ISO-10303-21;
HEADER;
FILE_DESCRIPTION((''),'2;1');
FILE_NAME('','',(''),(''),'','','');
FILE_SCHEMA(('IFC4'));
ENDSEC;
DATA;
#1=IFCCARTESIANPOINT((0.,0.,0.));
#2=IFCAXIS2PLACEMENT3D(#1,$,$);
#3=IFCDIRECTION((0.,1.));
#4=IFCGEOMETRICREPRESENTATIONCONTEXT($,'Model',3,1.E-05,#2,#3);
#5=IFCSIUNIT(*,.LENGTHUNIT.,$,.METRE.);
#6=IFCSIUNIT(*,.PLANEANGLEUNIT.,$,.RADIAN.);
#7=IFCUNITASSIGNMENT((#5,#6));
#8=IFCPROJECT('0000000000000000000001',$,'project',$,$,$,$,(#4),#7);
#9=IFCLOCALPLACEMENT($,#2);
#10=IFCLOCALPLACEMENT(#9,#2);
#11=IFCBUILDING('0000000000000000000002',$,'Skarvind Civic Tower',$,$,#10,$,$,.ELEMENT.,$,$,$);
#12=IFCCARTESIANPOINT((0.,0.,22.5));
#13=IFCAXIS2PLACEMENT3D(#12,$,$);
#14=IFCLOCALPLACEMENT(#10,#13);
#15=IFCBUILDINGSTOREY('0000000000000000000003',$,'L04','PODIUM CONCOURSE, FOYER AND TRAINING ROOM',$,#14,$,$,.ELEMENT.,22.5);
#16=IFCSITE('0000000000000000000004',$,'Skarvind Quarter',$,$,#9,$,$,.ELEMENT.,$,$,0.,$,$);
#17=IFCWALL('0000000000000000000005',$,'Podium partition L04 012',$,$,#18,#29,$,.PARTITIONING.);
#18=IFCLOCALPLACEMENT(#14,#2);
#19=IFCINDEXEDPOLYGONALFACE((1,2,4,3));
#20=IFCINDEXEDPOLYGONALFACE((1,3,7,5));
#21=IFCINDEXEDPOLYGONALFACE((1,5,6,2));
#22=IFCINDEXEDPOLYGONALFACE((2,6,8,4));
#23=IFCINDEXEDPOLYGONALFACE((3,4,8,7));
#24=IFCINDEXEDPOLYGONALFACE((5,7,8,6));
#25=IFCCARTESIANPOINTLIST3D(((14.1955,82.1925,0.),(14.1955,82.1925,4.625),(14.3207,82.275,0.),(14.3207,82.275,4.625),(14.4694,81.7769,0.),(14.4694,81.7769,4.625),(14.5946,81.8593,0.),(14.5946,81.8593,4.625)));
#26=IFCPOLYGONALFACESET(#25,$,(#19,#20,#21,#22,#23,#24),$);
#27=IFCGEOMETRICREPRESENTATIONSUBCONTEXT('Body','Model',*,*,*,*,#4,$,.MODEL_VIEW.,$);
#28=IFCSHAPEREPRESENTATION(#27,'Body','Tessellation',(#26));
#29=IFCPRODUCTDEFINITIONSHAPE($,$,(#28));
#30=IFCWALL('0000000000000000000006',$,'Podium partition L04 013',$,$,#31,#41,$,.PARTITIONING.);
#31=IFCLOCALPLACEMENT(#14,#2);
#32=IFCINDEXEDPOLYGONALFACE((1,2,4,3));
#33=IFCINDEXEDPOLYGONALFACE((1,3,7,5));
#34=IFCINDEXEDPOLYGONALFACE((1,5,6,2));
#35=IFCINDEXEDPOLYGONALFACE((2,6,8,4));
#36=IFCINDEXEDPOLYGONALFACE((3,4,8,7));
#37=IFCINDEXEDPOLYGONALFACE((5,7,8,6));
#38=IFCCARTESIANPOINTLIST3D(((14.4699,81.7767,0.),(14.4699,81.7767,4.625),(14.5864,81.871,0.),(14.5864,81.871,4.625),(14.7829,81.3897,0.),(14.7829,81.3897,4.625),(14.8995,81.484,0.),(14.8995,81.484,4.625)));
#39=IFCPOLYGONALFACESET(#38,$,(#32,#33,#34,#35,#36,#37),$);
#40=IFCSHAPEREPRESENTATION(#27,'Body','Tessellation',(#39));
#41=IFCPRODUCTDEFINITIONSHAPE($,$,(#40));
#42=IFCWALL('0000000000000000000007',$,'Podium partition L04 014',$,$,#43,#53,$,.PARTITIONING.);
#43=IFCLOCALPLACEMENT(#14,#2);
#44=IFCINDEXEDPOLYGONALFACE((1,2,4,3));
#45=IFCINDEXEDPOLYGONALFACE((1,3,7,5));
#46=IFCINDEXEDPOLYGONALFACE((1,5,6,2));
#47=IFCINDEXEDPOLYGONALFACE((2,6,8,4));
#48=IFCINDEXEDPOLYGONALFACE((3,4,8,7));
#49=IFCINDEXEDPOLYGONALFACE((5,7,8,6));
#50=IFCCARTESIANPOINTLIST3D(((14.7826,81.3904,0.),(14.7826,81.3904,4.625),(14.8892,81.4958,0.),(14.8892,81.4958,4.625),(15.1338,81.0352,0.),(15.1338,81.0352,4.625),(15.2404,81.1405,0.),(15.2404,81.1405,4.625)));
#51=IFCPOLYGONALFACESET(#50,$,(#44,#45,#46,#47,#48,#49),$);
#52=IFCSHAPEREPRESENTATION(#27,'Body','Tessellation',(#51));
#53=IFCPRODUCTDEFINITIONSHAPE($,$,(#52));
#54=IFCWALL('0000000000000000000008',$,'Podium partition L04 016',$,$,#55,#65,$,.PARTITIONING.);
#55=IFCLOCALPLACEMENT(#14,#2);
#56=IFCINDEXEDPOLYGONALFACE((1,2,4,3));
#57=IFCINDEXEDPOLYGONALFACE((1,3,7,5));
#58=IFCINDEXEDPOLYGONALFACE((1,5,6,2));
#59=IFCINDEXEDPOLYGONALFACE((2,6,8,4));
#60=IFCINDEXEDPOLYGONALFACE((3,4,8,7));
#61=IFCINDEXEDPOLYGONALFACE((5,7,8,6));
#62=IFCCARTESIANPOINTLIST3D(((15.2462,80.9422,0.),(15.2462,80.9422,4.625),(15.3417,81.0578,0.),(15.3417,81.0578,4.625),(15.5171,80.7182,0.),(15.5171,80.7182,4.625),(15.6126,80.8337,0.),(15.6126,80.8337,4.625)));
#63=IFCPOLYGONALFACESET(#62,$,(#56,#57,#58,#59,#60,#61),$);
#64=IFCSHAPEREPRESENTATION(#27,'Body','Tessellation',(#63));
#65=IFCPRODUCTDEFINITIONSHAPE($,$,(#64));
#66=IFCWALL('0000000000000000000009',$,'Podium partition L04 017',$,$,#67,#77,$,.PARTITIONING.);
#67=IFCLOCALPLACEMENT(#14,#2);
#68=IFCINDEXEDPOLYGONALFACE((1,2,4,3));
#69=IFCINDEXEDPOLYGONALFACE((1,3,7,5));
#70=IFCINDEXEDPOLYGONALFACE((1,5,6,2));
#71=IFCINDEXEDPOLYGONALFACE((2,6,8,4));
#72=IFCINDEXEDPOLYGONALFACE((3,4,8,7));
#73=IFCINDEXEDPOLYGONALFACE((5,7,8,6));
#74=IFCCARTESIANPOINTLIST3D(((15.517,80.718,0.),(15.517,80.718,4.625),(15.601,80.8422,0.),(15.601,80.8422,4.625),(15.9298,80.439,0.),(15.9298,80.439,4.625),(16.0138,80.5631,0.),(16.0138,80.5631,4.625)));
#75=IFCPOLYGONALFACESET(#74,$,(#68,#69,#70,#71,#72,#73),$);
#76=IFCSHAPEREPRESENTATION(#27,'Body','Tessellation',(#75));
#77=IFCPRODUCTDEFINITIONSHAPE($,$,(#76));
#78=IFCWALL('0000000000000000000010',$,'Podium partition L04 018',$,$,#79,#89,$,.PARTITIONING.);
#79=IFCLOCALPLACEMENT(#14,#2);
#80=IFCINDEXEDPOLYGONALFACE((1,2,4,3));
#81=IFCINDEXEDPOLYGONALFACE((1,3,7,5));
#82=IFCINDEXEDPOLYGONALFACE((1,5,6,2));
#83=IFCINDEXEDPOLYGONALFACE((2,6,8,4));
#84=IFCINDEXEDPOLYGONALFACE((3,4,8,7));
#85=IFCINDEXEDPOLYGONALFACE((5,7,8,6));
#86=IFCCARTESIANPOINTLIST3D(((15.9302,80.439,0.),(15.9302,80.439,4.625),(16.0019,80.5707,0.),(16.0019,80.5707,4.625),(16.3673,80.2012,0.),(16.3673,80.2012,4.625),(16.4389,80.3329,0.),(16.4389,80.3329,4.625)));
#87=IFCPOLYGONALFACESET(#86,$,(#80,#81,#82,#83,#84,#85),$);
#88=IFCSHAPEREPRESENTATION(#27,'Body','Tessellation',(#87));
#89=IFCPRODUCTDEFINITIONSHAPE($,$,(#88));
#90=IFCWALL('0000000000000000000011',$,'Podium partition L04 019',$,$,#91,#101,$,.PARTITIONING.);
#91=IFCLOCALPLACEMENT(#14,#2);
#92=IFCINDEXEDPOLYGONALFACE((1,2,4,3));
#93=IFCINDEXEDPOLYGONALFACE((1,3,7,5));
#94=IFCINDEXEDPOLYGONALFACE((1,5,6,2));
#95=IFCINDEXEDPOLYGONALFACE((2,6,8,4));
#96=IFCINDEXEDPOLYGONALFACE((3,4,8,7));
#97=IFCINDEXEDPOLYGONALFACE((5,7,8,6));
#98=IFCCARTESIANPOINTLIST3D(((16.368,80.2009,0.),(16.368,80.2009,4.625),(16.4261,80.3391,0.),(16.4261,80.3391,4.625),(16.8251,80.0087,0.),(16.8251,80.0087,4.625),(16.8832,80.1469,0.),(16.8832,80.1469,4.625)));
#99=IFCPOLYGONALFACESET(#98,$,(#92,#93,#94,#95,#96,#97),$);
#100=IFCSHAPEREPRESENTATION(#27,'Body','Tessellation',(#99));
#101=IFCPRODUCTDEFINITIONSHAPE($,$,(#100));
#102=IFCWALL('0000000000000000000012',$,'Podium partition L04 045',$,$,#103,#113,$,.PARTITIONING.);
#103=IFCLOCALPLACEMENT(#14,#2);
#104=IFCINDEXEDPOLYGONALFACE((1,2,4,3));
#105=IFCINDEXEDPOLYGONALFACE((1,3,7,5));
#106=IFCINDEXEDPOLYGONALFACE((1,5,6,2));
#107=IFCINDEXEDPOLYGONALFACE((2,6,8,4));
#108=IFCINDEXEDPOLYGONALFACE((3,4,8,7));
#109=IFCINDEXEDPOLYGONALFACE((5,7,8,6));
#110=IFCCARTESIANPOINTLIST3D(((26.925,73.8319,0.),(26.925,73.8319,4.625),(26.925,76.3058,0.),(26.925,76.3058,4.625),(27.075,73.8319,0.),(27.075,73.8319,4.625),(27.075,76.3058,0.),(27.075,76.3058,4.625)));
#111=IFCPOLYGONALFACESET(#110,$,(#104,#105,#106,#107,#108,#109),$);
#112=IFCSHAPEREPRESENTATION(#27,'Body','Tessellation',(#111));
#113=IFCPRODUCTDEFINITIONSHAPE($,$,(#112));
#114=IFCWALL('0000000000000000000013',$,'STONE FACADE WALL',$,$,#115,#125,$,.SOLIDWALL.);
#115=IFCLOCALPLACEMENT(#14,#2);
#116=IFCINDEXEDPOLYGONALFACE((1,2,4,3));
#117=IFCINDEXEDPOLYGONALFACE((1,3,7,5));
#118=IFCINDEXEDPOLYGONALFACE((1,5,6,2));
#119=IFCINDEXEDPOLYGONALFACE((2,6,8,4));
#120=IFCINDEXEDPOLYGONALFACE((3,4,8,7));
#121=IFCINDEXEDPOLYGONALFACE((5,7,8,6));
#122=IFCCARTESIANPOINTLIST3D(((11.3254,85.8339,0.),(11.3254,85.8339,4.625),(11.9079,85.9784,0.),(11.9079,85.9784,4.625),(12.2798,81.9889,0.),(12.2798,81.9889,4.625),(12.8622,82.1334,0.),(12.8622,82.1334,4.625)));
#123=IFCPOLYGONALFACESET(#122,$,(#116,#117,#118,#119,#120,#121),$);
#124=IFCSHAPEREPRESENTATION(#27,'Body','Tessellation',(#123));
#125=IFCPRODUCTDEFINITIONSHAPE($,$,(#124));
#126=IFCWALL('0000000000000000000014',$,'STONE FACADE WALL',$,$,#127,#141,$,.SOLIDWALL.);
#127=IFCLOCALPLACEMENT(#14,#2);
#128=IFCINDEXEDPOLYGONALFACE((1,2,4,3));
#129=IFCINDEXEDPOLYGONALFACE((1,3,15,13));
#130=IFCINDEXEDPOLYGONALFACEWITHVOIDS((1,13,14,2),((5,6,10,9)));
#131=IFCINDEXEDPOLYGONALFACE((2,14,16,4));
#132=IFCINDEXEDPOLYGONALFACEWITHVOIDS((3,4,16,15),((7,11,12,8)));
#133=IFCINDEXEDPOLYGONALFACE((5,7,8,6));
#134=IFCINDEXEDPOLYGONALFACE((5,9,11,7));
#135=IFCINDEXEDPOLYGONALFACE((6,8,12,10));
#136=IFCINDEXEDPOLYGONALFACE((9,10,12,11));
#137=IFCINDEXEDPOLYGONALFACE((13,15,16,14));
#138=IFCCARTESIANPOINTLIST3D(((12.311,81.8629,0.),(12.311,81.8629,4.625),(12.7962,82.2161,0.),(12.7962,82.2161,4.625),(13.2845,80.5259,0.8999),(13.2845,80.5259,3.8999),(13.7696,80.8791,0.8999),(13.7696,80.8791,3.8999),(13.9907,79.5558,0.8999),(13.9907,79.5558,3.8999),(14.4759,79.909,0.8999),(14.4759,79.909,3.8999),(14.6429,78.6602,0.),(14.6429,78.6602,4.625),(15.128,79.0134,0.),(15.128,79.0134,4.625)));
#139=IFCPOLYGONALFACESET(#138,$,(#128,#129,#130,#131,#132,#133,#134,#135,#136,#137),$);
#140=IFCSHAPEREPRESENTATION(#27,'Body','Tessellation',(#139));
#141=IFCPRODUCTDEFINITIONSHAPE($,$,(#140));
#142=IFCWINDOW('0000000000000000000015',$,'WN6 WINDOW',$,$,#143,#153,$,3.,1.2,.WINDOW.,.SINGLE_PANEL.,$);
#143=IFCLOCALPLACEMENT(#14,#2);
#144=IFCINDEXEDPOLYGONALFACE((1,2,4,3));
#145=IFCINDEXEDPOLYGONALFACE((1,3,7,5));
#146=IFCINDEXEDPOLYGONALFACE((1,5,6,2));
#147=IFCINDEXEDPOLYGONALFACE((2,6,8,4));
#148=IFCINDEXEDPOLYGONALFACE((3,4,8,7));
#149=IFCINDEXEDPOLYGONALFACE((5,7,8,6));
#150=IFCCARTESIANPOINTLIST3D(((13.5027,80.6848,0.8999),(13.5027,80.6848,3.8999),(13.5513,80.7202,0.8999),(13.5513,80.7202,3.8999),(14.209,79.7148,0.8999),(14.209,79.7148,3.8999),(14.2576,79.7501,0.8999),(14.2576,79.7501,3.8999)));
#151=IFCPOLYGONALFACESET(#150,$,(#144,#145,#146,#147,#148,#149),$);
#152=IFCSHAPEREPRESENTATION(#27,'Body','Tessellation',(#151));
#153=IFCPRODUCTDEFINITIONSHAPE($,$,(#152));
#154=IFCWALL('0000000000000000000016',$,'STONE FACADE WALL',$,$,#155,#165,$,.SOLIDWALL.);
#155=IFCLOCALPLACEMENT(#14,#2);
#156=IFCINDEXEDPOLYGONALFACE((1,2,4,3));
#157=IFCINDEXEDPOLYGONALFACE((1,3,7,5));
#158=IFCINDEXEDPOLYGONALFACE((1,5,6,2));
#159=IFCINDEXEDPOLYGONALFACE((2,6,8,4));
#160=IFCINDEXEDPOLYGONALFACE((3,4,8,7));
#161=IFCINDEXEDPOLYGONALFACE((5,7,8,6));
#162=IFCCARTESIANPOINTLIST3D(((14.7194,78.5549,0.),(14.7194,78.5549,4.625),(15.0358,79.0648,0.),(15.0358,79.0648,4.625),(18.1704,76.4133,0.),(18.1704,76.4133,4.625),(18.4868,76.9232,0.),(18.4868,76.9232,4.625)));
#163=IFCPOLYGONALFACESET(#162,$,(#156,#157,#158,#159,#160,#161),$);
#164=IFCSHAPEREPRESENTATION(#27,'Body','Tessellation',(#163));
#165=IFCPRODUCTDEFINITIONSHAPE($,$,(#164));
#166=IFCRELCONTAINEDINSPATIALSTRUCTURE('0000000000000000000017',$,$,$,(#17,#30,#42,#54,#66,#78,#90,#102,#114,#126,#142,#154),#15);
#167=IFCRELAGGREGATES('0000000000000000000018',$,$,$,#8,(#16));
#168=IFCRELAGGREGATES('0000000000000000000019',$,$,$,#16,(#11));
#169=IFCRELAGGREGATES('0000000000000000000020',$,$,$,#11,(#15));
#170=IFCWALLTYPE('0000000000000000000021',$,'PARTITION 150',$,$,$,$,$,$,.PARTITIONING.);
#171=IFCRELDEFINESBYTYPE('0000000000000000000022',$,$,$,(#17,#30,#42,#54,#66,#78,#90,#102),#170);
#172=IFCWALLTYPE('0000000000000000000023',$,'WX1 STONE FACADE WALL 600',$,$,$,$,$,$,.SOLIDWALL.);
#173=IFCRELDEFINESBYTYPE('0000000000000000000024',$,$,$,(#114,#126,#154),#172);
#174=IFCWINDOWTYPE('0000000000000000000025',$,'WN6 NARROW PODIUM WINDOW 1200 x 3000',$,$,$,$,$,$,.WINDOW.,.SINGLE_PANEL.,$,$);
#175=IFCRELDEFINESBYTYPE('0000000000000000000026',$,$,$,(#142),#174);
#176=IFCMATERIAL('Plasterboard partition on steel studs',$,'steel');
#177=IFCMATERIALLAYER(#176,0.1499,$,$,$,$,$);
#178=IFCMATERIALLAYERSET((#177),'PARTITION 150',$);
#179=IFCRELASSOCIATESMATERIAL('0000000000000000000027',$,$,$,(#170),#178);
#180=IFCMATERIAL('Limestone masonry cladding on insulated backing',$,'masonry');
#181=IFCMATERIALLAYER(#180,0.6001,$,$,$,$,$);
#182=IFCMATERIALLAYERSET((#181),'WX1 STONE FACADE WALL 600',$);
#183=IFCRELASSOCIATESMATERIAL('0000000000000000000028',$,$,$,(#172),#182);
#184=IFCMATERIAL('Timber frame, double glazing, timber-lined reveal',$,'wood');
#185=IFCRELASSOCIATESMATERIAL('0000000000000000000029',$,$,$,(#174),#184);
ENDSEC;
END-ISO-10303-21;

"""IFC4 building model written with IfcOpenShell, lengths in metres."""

from ifc_helpers import new_model, si_unit, direction, frame, frame_2d, origin, place, context, subcontext, project, spatial, rectangle, extrude, material, layer, layer_set, type_object, element, fill, save


model = new_model("IFC4")

# Units and contexts
model_context = context("Model", 3, precision=1e-05, world=origin(), true_north=direction((0.0, 1.0)))
body_context = subcontext(model_context, "Body", "Model", "MODEL_VIEW")
ifc_project = project(units=[si_unit("LENGTHUNIT", "METRE"), si_unit("PLANEANGLEUNIT", "RADIAN")], contexts=[model_context])

# Site, building, storey
site_placement = place(None, origin())
site = spatial("IfcSite", under=ifc_project, at=site_placement, Name="Skarvind Quarter", CompositionType="ELEMENT", RefElevation=0.0)
building_placement = place(site_placement, origin())
building = spatial("IfcBuilding", under=site, at=building_placement, Name="Skarvind Civic Tower", CompositionType="ELEMENT")
storey_placement = place(building_placement, frame((0.0, 0.0, 22.5)))
storey = spatial("IfcBuildingStorey", under=building, at=storey_placement, Name="L04", Description="PODIUM CONCOURSE, FOYER AND TRAINING ROOM", CompositionType="ELEMENT", Elevation=22.5)

# Walls
ifc_material_1 = material(Name="Plasterboard partition on steel studs", Category="steel")
ifc_layer_1 = layer(ifc_material_1, 0.1499)
ifc_layer_set_1 = layer_set([ifc_layer_1], Name="PARTITION 150")
wall_type_1 = type_object("IfcWallType", Name="PARTITION 150", PredefinedType="PARTITIONING", material=ifc_layer_set_1)
for number, where, z_axis, x_axis, name in (
    (1, (14.2581, 82.2339, 0.0), (0.0, 0.0, 1.0), (0.550166, -0.835055, 0.0), "Podium partition L04 012"),
    (2, (14.5281, 81.824, 0.0), (0.0, 0.0, 1.0), (0.628874, -0.777508, 0.0), "Podium partition L04 013"),
):
    element("IfcWall", number, at=place(storey_placement, frame(where, z_axis=z_axis, x_axis=x_axis)), inside=storey, type_object=wall_type_1, Name=name, PredefinedType="PARTITIONING", context=body_context, shape_type="SweptSolid", body=[
        extrude(rectangle(XDim=0.4978, YDim=0.1499, at=frame_2d((0.249, 0.0))), origin(), (0.0, 0.0, 1.0), 4.625),
    ])
wall_1_placement = place(storey_placement, frame((14.8359, 81.4431, 0.0), z_axis=(0.0, 0.0, 1.0), x_axis=(0.70294, -0.71125, 0.0)))
element("IfcWall", 3, at=wall_1_placement, inside=storey, type_object=wall_type_1, Name="Podium partition L04 014", PredefinedType="PARTITIONING", context=body_context, shape_type="SweptSolid", body=[
    extrude(rectangle(XDim=0.4995, YDim=0.1499, at=frame_2d((0.2498, 0.0))), origin(), (0.0, 0.0, 1.0), 4.625),
])
wall_2_placement = place(storey_placement, frame((15.2939, 81.0, 0.0), z_axis=(0.0, 0.0, 1.0), x_axis=(0.770606, -0.637312, 0.0)))
element("IfcWall", 4, at=wall_2_placement, inside=storey, type_object=wall_type_1, Name="Podium partition L04 016", PredefinedType="PARTITIONING", context=body_context, shape_type="SweptSolid", body=[
    extrude(rectangle(XDim=0.3516, YDim=0.1499, at=frame_2d((0.1758, 0.0))), origin(), (0.0, 0.0, 1.0), 4.625),
])
wall_3_placement = place(storey_placement, frame((15.5591, 80.78, 0.0), z_axis=(0.0, 0.0, 1.0), x_axis=(0.828491, -0.560003, 0.0)))
element("IfcWall", 5, at=wall_3_placement, inside=storey, type_object=wall_type_1, Name="Podium partition L04 017", PredefinedType="PARTITIONING", context=body_context, shape_type="SweptSolid", body=[
    extrude(rectangle(XDim=0.4983, YDim=0.1499, at=frame_2d((0.249, 0.0))), origin(), (0.0, 0.0, 1.0), 4.625),
])
wall_4_placement = place(storey_placement, frame((15.9661, 80.5049, 0.0), z_axis=(0.0, 0.0, 1.0), x_axis=(0.878383, -0.477958, 0.0)))
element("IfcWall", 6, at=wall_4_placement, inside=storey, type_object=wall_type_1, Name="Podium partition L04 018", PredefinedType="PARTITIONING", context=body_context, shape_type="SweptSolid", body=[
    extrude(rectangle(XDim=0.4976, YDim=0.1499, at=frame_2d((0.2488, 0.0))), origin(), (0.0, 0.0, 1.0), 4.625),
])
wall_5_placement = place(storey_placement, frame((16.397, 80.27, 0.0), z_axis=(0.0, 0.0, 1.0), x_axis=(0.921848, -0.387551, 0.0)))
element("IfcWall", 7, at=wall_5_placement, inside=storey, type_object=wall_type_1, Name="Podium partition L04 019", PredefinedType="PARTITIONING", context=body_context, shape_type="SweptSolid", body=[
    extrude(rectangle(XDim=0.4958, YDim=0.1499, at=frame_2d((0.248, 0.0))), origin(), (0.0, 0.0, 1.0), 4.625),
])
wall_6_placement = place(storey_placement, frame((27.0, 73.832, 0.0), z_axis=(0.0, 0.0, 1.0), x_axis=(0.0, 1.0, 0.0)))
element("IfcWall", 8, at=wall_6_placement, inside=storey, type_object=wall_type_1, Name="Podium partition L04 045", PredefinedType="PARTITIONING", context=body_context, shape_type="SweptSolid", body=[
    extrude(rectangle(XDim=2.4739, YDim=0.1499, at=frame_2d((1.2368, 0.0))), origin(), (0.0, 0.0, 1.0), 4.625),
])
ifc_material_2 = material(Name="Limestone masonry cladding on insulated backing", Category="masonry")
ifc_layer_2 = layer(ifc_material_2, 0.6001)
ifc_layer_set_2 = layer_set([ifc_layer_2], Name="WX1 STONE FACADE WALL 600")
wall_type_2 = type_object("IfcWallType", Name="WX1 STONE FACADE WALL 600", PredefinedType="SOLIDWALL", material=ifc_layer_set_2)
wall_7_placement = place(storey_placement, frame((12.571, 82.061, 0.0), z_axis=(0.0, 0.0, 1.0), x_axis=(-0.240897, 0.970551, 0.0)))
element("IfcWall", 9, at=wall_7_placement, inside=storey, type_object=wall_type_2, Name="STONE FACADE WALL", PredefinedType="SOLIDWALL", context=body_context, shape_type="SweptSolid", body=[
    extrude(rectangle(XDim=3.9617, YDim=0.6001, at=frame_2d((1.981, 0.0))), origin(), (0.0, 0.0, 1.0), 4.625),
])

# Wall, opening, window
wall_8_placement = place(storey_placement, frame((14.8855, 78.8367, 0.0), z_axis=(0.0, 0.0, 1.0), x_axis=(-0.5886, 0.808424, 0.0)))
wall_8 = element("IfcWall", 10, at=wall_8_placement, inside=storey, type_object=wall_type_2, Name="STONE FACADE WALL", PredefinedType="SOLIDWALL", context=body_context, shape_type="SweptSolid", body=[
    extrude(rectangle(XDim=3.9617, YDim=0.6001, at=frame_2d((1.981, 0.0))), origin(), (0.0, 0.0, 1.0), 4.625),
])
opening_1_placement = place(wall_8_placement, frame((1.1079, 0.0, 0.8999)))
opening_1 = element("IfcOpeningElement", 11, at=opening_1_placement, cuts=wall_8, PredefinedType="OPENING", context=body_context, shape_type="SweptSolid", body=[
    extrude(rectangle(XDim=1.2, YDim=3.0, at=frame_2d((0.6001, 1.5))), frame((0.0, 0.3101, 0.0), z_axis=(0.0, -1.0, 0.0), x_axis=(1.0, 0.0, 0.0)), (0.0, 0.0, 1.0), 0.6201),
])
ifc_material_3 = material(Name="Timber frame, double glazing, timber-lined reveal", Category="wood")
window_type = type_object("IfcWindowType", Name="WN6 NARROW PODIUM WINDOW 1200 x 3000", PartitioningType="SINGLE_PANEL", PredefinedType="WINDOW", material=ifc_material_3)
window_placement = place(opening_1_placement, origin())
window = element("IfcWindow", 12, at=window_placement, inside=storey, type_object=window_type, Name="WN6 WINDOW", OverallHeight=3.0, OverallWidth=1.2, PartitioningType="SINGLE_PANEL", PredefinedType="WINDOW", context=body_context, shape_type="SweptSolid", body=[
    extrude(rectangle(XDim=1.2, YDim=3.0, at=frame_2d((0.6001, 1.5))), frame((0.0, 0.03, 0.0), z_axis=(0.0, -1.0, 0.0), x_axis=(1.0, 0.0, 0.0)), (0.0, 0.0, 1.0), 0.0601),
])
fill(opening_1, window)

# Wall
wall_9_placement = place(storey_placement, frame((18.3286, 76.6682, 0.0), z_axis=(0.0, 0.0, 1.0), x_axis=(-0.849679, 0.5273, 0.0)))
element("IfcWall", 13, at=wall_9_placement, inside=storey, type_object=wall_type_2, Name="STONE FACADE WALL", PredefinedType="SOLIDWALL", context=body_context, shape_type="SweptSolid", body=[
    extrude(rectangle(XDim=4.0615, YDim=0.6001, at=frame_2d((2.0308, 0.0))), origin(), (0.0, 0.0, 1.0), 4.625),
])

save(model, "model.ifc")
